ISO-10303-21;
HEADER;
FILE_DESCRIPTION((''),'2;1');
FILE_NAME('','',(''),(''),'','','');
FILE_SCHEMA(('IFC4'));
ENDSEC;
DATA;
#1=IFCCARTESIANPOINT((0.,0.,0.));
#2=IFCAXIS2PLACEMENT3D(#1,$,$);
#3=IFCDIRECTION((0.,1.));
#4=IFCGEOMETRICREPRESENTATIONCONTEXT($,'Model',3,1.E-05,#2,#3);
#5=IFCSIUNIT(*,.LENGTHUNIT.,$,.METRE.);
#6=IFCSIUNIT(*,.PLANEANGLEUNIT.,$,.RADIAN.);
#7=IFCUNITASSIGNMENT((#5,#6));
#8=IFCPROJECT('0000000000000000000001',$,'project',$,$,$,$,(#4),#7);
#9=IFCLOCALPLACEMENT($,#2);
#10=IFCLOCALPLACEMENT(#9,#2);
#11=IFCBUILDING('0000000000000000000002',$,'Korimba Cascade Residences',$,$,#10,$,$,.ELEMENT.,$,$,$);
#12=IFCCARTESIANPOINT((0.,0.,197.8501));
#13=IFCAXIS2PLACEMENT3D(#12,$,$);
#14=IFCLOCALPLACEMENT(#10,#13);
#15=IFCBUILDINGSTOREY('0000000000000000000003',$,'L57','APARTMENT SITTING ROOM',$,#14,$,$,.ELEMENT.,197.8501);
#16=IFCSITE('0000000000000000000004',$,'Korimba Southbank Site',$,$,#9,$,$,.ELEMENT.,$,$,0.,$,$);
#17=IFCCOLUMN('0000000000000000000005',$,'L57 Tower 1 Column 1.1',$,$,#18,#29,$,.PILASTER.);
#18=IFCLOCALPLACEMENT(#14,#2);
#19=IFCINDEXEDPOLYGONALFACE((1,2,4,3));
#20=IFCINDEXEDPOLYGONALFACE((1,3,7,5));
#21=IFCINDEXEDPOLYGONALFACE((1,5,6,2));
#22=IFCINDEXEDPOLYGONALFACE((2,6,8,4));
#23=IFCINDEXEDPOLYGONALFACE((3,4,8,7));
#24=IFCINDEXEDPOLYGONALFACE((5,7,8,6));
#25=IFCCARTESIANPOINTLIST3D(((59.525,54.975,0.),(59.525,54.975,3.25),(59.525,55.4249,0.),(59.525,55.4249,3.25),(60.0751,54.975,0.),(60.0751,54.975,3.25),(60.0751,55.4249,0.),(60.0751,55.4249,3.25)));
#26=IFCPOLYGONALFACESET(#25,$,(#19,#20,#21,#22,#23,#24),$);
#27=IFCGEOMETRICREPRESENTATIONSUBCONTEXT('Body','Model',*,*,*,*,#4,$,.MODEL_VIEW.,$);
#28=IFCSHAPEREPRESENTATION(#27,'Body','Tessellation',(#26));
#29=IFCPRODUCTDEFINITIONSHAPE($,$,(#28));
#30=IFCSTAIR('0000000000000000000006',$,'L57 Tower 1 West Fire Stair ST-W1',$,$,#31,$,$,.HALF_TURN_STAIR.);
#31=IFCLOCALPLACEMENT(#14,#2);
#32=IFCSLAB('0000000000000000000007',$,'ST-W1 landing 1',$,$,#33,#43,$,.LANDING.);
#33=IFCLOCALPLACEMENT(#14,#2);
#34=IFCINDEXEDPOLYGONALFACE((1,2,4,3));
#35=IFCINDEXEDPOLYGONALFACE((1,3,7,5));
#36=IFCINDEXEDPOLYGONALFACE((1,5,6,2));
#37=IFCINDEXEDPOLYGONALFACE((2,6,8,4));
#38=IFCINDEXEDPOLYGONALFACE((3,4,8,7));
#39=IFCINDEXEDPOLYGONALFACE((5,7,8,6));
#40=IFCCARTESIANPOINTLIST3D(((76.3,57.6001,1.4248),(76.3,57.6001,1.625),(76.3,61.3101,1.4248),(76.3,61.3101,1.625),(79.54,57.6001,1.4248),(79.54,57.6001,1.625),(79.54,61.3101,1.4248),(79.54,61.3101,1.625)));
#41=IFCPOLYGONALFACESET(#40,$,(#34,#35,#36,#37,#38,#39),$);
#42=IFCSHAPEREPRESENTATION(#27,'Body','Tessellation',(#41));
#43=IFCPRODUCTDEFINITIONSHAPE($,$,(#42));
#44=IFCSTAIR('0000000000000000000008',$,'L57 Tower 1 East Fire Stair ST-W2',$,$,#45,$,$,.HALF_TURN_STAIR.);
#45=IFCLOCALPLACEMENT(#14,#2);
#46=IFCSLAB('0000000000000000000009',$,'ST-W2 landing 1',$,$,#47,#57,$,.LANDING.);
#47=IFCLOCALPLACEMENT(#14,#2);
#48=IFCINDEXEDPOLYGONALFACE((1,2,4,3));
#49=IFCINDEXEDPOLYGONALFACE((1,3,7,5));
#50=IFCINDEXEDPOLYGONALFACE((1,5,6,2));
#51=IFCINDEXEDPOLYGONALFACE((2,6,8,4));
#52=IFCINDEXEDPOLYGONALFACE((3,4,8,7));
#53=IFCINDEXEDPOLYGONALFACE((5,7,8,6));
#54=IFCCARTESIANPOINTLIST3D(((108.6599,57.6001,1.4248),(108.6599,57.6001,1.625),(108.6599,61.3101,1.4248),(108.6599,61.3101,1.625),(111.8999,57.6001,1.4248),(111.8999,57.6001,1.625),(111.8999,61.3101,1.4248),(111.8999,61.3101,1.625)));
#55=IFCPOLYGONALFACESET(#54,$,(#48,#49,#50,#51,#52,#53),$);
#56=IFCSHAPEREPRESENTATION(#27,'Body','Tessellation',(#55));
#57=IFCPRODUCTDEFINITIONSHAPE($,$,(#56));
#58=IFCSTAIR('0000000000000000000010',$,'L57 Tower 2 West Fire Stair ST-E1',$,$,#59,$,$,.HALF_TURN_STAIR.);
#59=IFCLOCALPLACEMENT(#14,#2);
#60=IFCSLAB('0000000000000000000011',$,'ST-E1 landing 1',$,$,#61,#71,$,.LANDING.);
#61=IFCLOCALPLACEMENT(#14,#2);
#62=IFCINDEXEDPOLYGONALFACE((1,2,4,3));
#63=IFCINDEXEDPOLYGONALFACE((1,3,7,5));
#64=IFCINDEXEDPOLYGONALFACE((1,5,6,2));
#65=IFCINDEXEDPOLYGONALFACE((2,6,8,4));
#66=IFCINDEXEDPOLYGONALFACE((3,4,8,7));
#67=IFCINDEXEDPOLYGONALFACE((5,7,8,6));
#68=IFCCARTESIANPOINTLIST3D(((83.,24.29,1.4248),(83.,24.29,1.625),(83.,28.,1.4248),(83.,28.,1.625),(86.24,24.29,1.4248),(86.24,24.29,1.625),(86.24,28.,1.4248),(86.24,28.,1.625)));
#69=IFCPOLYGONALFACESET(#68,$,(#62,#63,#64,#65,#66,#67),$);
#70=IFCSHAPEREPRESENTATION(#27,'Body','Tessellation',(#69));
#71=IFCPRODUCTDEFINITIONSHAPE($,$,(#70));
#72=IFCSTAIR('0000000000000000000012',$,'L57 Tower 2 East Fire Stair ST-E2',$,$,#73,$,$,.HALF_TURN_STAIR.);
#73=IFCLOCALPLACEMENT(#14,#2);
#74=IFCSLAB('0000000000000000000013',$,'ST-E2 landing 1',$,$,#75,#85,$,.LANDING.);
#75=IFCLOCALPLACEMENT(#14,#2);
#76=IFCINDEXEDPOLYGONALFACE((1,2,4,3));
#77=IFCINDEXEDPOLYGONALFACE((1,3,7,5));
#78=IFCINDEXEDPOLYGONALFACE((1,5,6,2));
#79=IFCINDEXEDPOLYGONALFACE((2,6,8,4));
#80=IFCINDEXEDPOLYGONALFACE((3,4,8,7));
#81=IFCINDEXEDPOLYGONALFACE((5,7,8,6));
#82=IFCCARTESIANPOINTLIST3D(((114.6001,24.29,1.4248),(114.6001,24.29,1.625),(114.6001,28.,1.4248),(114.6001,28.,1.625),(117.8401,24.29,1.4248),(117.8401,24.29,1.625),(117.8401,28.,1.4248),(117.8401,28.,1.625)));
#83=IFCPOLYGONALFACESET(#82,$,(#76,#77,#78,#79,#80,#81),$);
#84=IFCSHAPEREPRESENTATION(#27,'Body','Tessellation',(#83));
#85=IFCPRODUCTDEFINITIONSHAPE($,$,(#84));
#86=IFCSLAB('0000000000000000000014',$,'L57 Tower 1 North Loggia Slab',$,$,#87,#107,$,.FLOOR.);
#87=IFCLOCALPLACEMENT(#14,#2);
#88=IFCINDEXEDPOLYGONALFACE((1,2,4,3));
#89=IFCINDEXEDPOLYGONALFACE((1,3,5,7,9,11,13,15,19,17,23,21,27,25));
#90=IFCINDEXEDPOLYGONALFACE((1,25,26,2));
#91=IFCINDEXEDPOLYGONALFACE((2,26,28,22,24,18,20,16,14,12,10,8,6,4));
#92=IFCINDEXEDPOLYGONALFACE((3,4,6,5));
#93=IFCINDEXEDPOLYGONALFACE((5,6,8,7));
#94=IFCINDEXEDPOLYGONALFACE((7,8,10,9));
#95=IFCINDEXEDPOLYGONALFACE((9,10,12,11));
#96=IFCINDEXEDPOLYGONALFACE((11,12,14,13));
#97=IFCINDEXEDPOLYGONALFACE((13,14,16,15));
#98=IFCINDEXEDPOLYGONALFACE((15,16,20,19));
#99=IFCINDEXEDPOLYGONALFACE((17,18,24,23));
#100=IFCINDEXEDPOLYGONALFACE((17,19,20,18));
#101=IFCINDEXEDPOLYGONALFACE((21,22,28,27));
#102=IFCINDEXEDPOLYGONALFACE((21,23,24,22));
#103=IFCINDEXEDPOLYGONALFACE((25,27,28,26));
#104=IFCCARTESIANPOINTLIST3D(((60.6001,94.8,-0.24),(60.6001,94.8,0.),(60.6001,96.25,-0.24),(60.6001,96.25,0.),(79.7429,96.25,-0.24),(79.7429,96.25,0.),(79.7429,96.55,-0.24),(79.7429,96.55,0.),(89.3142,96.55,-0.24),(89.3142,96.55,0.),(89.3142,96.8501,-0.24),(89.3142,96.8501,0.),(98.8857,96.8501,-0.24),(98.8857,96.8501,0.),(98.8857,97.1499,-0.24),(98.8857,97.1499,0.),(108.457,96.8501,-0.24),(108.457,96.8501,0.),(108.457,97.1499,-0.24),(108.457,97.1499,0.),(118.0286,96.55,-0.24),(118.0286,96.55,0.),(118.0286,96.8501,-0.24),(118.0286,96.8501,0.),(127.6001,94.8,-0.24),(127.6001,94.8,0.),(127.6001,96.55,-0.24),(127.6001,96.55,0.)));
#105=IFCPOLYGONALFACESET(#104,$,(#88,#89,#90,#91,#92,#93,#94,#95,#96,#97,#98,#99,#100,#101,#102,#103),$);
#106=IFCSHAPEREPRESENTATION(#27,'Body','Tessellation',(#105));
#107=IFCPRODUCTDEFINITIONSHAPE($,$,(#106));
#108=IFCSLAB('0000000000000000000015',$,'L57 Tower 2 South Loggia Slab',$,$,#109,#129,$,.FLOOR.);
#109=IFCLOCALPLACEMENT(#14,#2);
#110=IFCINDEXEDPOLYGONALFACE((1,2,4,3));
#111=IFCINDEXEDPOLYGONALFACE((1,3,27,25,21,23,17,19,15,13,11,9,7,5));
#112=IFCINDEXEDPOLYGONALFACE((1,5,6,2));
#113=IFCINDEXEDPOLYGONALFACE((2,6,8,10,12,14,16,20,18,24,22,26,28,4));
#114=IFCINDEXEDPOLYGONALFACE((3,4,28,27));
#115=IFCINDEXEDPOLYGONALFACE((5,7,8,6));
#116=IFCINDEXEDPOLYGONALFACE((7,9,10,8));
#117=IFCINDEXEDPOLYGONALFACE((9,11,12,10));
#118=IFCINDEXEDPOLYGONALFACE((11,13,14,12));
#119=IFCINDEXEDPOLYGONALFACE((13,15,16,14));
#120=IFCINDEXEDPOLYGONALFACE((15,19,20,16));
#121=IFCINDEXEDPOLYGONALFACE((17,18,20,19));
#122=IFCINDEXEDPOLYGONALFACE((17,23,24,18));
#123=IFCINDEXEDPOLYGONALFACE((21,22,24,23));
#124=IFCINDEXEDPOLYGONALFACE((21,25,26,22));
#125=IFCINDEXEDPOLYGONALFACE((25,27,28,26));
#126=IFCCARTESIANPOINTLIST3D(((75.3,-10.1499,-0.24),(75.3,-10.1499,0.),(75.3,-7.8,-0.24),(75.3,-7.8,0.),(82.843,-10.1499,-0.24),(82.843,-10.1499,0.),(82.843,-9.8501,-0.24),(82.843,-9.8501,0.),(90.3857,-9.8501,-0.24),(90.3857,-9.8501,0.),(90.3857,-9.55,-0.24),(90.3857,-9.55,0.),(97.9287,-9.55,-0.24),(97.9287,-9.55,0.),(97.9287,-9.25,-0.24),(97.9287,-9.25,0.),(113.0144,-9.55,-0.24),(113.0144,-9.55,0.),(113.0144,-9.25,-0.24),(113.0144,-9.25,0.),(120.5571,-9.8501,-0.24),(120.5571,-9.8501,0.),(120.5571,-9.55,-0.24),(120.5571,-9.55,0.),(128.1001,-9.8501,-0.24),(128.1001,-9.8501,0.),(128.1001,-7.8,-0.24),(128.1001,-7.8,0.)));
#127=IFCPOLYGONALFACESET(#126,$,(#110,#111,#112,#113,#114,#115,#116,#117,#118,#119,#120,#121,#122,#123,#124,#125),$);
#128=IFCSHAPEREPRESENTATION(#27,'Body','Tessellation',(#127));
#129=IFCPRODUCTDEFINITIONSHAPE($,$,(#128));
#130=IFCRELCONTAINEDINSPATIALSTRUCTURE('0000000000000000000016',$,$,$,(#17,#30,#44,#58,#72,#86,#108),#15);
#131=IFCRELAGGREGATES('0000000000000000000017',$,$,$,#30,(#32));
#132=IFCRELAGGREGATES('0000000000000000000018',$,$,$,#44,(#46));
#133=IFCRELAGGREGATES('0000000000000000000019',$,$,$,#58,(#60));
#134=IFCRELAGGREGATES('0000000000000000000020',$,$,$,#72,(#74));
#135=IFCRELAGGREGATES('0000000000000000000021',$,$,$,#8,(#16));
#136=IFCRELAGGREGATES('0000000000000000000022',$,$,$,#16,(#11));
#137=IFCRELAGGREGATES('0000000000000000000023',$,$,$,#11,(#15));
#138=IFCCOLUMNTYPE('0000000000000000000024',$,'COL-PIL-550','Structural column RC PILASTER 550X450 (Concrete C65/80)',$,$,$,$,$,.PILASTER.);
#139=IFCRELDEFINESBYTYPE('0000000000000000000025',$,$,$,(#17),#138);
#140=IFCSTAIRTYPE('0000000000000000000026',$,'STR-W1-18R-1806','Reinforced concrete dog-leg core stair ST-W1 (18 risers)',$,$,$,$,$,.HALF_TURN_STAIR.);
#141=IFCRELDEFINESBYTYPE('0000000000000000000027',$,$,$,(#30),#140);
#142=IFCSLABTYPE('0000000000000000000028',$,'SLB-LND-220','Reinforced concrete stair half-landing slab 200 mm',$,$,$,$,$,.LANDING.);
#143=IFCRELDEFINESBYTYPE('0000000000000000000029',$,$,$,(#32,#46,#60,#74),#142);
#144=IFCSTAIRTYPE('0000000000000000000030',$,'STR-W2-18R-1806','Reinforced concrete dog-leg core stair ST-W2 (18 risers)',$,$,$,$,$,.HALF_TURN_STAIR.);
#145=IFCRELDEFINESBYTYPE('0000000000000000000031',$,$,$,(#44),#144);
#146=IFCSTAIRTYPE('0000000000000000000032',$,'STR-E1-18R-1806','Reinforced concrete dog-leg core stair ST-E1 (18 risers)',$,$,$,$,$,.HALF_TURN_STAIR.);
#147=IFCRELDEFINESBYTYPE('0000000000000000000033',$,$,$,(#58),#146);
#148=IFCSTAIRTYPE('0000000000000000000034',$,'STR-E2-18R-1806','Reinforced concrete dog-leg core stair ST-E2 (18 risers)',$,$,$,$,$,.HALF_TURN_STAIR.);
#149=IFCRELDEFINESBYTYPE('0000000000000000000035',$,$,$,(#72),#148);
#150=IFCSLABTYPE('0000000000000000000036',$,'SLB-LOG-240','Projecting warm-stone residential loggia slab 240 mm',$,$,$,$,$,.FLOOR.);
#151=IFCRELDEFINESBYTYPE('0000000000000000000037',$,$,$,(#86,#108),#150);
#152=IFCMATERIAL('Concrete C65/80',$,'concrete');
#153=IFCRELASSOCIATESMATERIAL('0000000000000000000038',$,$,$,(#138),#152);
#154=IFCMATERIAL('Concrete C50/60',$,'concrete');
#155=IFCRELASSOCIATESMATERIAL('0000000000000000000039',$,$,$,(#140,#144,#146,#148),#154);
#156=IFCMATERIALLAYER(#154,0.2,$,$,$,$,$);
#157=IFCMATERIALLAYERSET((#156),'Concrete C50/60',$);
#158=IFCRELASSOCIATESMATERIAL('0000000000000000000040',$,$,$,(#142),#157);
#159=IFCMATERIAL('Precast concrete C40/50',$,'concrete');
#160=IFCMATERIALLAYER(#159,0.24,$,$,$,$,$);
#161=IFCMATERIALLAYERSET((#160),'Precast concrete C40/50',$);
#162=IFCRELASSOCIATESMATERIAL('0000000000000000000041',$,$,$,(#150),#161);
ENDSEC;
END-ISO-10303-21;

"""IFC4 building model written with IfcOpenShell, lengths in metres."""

from ifc_helpers import new_model, si_unit, direction, frame, origin, origin_2d, place, context, subcontext, project, spatial, polyline, rectangle, outline, extrude, material, layer, layer_set, material_profile, profile_set, type_object, element, aggregate, save


model = new_model("IFC4")

# Units and contexts
model_context = context("Model", 3, precision=1e-05, world=origin(), true_north=direction((0.0, 1.0)))
body_context = subcontext(model_context, "Body", "Model", "MODEL_VIEW")
ifc_project = project(units=[si_unit("LENGTHUNIT", "METRE"), si_unit("PLANEANGLEUNIT", "RADIAN")], contexts=[model_context])

# Site, building, storey
site_placement = place(None, origin())
site = spatial("IfcSite", under=ifc_project, at=site_placement, Name="Korimba Southbank Site", CompositionType="ELEMENT", RefElevation=0.0)
building_placement = place(site_placement, origin())
building = spatial("IfcBuilding", under=site, at=building_placement, Name="Korimba Cascade Residences", CompositionType="ELEMENT")
storey_placement = place(building_placement, frame((0.0, 0.0, 197.8501)))
storey = spatial("IfcBuildingStorey", under=building, at=storey_placement, Name="L57", Description="APARTMENT SITTING ROOM", CompositionType="ELEMENT", Elevation=197.8501)

# Column
ifc_material_1 = material(Name="Concrete C65/80", Category="concrete")
ifc_material_profile = material_profile(ifc_material_1, rectangle(XDim=0.55, YDim=0.45, at=origin_2d()), Name="Concrete C65/80")
ifc_profile_set = profile_set([ifc_material_profile], Name="Concrete C65/80")
column_type = type_object("IfcColumnType", Name="COL-PIL-550", Description="Structural column RC PILASTER 550X450 (Concrete C65/80)", PredefinedType="PILASTER", material=ifc_profile_set)
column_placement = place(storey_placement, frame((59.8, 55.2, 0.0), z_axis=(0.0, 0.0, 1.0), x_axis=(1.0, 0.0, 0.0)))
element("IfcColumn", 1, at=column_placement, inside=storey, type_object=column_type, Name="L57 Tower 1 Column 1.1", PredefinedType="PILASTER", context=body_context, shape_type="SweptSolid", body=[
    extrude(rectangle(XDim=0.55, YDim=0.45, at=origin_2d()), origin(), (0.0, 0.0, 1.0), 3.25),
])

# Stairs, slabs
ifc_material_2 = material(Name="Concrete C50/60", Category="concrete")
stair_type_1 = type_object("IfcStairType", Name="STR-W1-18R-1806", Description="Reinforced concrete dog-leg core stair ST-W1 (18 risers)", PredefinedType="HALF_TURN_STAIR", material=ifc_material_2)
stair_1_placement = place(storey_placement, origin())
stair_1 = element("IfcStair", 2, at=stair_1_placement, inside=storey, type_object=stair_type_1, Name="L57 Tower 1 West Fire Stair ST-W1", PredefinedType="HALF_TURN_STAIR")
ifc_layer_1 = layer(ifc_material_2, 0.2)
ifc_layer_set_1 = layer_set([ifc_layer_1], Name="Concrete C50/60")
slab_type_1 = type_object("IfcSlabType", Name="SLB-LND-220", Description="Reinforced concrete stair half-landing slab 200 mm", PredefinedType="LANDING", material=ifc_layer_set_1)
slab_1_placement = place(storey_placement, frame((0.0, 0.0, 1.4248)))
slab_1 = element("IfcSlab", 3, at=slab_1_placement, type_object=slab_type_1, Name="ST-W1 landing 1", PredefinedType="LANDING", context=body_context, shape_type="SweptSolid", body=[
    extrude(outline(polyline([(76.3, 61.3101), (76.3, 57.6001), (79.54, 57.6001), (79.54, 61.3101), (76.3, 61.3101)])), origin(), (0.0, 0.0, 1.0), 0.2002),
])
aggregate(stair_1, [slab_1])
stair_type_2 = type_object("IfcStairType", Name="STR-W2-18R-1806", Description="Reinforced concrete dog-leg core stair ST-W2 (18 risers)", PredefinedType="HALF_TURN_STAIR", material=ifc_material_2)
stair_2_placement = place(storey_placement, origin())
stair_2 = element("IfcStair", 4, at=stair_2_placement, inside=storey, type_object=stair_type_2, Name="L57 Tower 1 East Fire Stair ST-W2", PredefinedType="HALF_TURN_STAIR")
slab_2_placement = place(storey_placement, frame((0.0, 0.0, 1.4248)))
slab_2 = element("IfcSlab", 5, at=slab_2_placement, type_object=slab_type_1, Name="ST-W2 landing 1", PredefinedType="LANDING", context=body_context, shape_type="SweptSolid", body=[
    extrude(outline(polyline([(108.6599, 61.3101), (108.6599, 57.6001), (111.8999, 57.6001), (111.8999, 61.3101), (108.6599, 61.3101)])), origin(), (0.0, 0.0, 1.0), 0.2002),
])
aggregate(stair_2, [slab_2])
stair_type_3 = type_object("IfcStairType", Name="STR-E1-18R-1806", Description="Reinforced concrete dog-leg core stair ST-E1 (18 risers)", PredefinedType="HALF_TURN_STAIR", material=ifc_material_2)
stair_3_placement = place(storey_placement, origin())
stair_3 = element("IfcStair", 6, at=stair_3_placement, inside=storey, type_object=stair_type_3, Name="L57 Tower 2 West Fire Stair ST-E1", PredefinedType="HALF_TURN_STAIR")
slab_3_placement = place(storey_placement, frame((0.0, 0.0, 1.4248)))
slab_3 = element("IfcSlab", 7, at=slab_3_placement, type_object=slab_type_1, Name="ST-E1 landing 1", PredefinedType="LANDING", context=body_context, shape_type="SweptSolid", body=[
    extrude(outline(polyline([(86.24, 24.29), (86.24, 28.0), (83.0, 28.0), (83.0, 24.29), (86.24, 24.29)])), origin(), (0.0, 0.0, 1.0), 0.2002),
])
aggregate(stair_3, [slab_3])
stair_type_4 = type_object("IfcStairType", Name="STR-E2-18R-1806", Description="Reinforced concrete dog-leg core stair ST-E2 (18 risers)", PredefinedType="HALF_TURN_STAIR", material=ifc_material_2)
stair_4_placement = place(storey_placement, origin())
stair_4 = element("IfcStair", 8, at=stair_4_placement, inside=storey, type_object=stair_type_4, Name="L57 Tower 2 East Fire Stair ST-E2", PredefinedType="HALF_TURN_STAIR")
slab_4_placement = place(storey_placement, frame((0.0, 0.0, 1.4248)))
slab_4 = element("IfcSlab", 9, at=slab_4_placement, type_object=slab_type_1, Name="ST-E2 landing 1", PredefinedType="LANDING", context=body_context, shape_type="SweptSolid", body=[
    extrude(outline(polyline([(117.8401, 24.29), (117.8401, 28.0), (114.6001, 28.0), (114.6001, 24.29), (117.8401, 24.29)])), origin(), (0.0, 0.0, 1.0), 0.2002),
])
aggregate(stair_4, [slab_4])

# Slabs
ifc_material_3 = material(Name="Precast concrete C40/50", Category="concrete")
ifc_layer_2 = layer(ifc_material_3, 0.24)
ifc_layer_set_2 = layer_set([ifc_layer_2], Name="Precast concrete C40/50")
slab_type_2 = type_object("IfcSlabType", Name="SLB-LOG-240", Description="Projecting warm-stone residential loggia slab 240 mm", PredefinedType="FLOOR", material=ifc_layer_set_2)
slab_5_placement = place(storey_placement, frame((0.0, 0.0, -0.24)))
element("IfcSlab", 10, at=slab_5_placement, inside=storey, type_object=slab_type_2, Name="L57 Tower 1 North Loggia Slab", PredefinedType="FLOOR", context=body_context, shape_type="SweptSolid", body=[
    extrude(outline(polyline([(60.6001, 94.8), (127.6001, 94.8), (127.6001, 96.55), (118.0286, 96.55), (118.0286, 96.8501), (108.457, 96.8501), (108.457, 97.1499), (98.8857, 97.1499), (98.8857, 96.8501), (89.3142, 96.8501), (89.3142, 96.55), (79.7429, 96.55), (79.7429, 96.25), (60.6001, 96.25), (60.6001, 94.8)])), origin(), (0.0, 0.0, 1.0), 0.24),
])
slab_6_placement = place(storey_placement, frame((0.0, 0.0, -0.24)))
element("IfcSlab", 11, at=slab_6_placement, inside=storey, type_object=slab_type_2, Name="L57 Tower 2 South Loggia Slab", PredefinedType="FLOOR", context=body_context, shape_type="SweptSolid", body=[
    extrude(outline(polyline([(75.3, -10.1499), (82.843, -10.1499), (82.843, -9.8501), (90.3857, -9.8501), (90.3857, -9.55), (97.9287, -9.55), (97.9287, -9.25), (113.0144, -9.25), (113.0144, -9.55), (120.5571, -9.55), (120.5571, -9.8501), (128.1001, -9.8501), (128.1001, -7.8), (75.3, -7.8), (75.3, -10.1499)])), origin(), (0.0, 0.0, 1.0), 0.24),
])

save(model, "model.ifc")
